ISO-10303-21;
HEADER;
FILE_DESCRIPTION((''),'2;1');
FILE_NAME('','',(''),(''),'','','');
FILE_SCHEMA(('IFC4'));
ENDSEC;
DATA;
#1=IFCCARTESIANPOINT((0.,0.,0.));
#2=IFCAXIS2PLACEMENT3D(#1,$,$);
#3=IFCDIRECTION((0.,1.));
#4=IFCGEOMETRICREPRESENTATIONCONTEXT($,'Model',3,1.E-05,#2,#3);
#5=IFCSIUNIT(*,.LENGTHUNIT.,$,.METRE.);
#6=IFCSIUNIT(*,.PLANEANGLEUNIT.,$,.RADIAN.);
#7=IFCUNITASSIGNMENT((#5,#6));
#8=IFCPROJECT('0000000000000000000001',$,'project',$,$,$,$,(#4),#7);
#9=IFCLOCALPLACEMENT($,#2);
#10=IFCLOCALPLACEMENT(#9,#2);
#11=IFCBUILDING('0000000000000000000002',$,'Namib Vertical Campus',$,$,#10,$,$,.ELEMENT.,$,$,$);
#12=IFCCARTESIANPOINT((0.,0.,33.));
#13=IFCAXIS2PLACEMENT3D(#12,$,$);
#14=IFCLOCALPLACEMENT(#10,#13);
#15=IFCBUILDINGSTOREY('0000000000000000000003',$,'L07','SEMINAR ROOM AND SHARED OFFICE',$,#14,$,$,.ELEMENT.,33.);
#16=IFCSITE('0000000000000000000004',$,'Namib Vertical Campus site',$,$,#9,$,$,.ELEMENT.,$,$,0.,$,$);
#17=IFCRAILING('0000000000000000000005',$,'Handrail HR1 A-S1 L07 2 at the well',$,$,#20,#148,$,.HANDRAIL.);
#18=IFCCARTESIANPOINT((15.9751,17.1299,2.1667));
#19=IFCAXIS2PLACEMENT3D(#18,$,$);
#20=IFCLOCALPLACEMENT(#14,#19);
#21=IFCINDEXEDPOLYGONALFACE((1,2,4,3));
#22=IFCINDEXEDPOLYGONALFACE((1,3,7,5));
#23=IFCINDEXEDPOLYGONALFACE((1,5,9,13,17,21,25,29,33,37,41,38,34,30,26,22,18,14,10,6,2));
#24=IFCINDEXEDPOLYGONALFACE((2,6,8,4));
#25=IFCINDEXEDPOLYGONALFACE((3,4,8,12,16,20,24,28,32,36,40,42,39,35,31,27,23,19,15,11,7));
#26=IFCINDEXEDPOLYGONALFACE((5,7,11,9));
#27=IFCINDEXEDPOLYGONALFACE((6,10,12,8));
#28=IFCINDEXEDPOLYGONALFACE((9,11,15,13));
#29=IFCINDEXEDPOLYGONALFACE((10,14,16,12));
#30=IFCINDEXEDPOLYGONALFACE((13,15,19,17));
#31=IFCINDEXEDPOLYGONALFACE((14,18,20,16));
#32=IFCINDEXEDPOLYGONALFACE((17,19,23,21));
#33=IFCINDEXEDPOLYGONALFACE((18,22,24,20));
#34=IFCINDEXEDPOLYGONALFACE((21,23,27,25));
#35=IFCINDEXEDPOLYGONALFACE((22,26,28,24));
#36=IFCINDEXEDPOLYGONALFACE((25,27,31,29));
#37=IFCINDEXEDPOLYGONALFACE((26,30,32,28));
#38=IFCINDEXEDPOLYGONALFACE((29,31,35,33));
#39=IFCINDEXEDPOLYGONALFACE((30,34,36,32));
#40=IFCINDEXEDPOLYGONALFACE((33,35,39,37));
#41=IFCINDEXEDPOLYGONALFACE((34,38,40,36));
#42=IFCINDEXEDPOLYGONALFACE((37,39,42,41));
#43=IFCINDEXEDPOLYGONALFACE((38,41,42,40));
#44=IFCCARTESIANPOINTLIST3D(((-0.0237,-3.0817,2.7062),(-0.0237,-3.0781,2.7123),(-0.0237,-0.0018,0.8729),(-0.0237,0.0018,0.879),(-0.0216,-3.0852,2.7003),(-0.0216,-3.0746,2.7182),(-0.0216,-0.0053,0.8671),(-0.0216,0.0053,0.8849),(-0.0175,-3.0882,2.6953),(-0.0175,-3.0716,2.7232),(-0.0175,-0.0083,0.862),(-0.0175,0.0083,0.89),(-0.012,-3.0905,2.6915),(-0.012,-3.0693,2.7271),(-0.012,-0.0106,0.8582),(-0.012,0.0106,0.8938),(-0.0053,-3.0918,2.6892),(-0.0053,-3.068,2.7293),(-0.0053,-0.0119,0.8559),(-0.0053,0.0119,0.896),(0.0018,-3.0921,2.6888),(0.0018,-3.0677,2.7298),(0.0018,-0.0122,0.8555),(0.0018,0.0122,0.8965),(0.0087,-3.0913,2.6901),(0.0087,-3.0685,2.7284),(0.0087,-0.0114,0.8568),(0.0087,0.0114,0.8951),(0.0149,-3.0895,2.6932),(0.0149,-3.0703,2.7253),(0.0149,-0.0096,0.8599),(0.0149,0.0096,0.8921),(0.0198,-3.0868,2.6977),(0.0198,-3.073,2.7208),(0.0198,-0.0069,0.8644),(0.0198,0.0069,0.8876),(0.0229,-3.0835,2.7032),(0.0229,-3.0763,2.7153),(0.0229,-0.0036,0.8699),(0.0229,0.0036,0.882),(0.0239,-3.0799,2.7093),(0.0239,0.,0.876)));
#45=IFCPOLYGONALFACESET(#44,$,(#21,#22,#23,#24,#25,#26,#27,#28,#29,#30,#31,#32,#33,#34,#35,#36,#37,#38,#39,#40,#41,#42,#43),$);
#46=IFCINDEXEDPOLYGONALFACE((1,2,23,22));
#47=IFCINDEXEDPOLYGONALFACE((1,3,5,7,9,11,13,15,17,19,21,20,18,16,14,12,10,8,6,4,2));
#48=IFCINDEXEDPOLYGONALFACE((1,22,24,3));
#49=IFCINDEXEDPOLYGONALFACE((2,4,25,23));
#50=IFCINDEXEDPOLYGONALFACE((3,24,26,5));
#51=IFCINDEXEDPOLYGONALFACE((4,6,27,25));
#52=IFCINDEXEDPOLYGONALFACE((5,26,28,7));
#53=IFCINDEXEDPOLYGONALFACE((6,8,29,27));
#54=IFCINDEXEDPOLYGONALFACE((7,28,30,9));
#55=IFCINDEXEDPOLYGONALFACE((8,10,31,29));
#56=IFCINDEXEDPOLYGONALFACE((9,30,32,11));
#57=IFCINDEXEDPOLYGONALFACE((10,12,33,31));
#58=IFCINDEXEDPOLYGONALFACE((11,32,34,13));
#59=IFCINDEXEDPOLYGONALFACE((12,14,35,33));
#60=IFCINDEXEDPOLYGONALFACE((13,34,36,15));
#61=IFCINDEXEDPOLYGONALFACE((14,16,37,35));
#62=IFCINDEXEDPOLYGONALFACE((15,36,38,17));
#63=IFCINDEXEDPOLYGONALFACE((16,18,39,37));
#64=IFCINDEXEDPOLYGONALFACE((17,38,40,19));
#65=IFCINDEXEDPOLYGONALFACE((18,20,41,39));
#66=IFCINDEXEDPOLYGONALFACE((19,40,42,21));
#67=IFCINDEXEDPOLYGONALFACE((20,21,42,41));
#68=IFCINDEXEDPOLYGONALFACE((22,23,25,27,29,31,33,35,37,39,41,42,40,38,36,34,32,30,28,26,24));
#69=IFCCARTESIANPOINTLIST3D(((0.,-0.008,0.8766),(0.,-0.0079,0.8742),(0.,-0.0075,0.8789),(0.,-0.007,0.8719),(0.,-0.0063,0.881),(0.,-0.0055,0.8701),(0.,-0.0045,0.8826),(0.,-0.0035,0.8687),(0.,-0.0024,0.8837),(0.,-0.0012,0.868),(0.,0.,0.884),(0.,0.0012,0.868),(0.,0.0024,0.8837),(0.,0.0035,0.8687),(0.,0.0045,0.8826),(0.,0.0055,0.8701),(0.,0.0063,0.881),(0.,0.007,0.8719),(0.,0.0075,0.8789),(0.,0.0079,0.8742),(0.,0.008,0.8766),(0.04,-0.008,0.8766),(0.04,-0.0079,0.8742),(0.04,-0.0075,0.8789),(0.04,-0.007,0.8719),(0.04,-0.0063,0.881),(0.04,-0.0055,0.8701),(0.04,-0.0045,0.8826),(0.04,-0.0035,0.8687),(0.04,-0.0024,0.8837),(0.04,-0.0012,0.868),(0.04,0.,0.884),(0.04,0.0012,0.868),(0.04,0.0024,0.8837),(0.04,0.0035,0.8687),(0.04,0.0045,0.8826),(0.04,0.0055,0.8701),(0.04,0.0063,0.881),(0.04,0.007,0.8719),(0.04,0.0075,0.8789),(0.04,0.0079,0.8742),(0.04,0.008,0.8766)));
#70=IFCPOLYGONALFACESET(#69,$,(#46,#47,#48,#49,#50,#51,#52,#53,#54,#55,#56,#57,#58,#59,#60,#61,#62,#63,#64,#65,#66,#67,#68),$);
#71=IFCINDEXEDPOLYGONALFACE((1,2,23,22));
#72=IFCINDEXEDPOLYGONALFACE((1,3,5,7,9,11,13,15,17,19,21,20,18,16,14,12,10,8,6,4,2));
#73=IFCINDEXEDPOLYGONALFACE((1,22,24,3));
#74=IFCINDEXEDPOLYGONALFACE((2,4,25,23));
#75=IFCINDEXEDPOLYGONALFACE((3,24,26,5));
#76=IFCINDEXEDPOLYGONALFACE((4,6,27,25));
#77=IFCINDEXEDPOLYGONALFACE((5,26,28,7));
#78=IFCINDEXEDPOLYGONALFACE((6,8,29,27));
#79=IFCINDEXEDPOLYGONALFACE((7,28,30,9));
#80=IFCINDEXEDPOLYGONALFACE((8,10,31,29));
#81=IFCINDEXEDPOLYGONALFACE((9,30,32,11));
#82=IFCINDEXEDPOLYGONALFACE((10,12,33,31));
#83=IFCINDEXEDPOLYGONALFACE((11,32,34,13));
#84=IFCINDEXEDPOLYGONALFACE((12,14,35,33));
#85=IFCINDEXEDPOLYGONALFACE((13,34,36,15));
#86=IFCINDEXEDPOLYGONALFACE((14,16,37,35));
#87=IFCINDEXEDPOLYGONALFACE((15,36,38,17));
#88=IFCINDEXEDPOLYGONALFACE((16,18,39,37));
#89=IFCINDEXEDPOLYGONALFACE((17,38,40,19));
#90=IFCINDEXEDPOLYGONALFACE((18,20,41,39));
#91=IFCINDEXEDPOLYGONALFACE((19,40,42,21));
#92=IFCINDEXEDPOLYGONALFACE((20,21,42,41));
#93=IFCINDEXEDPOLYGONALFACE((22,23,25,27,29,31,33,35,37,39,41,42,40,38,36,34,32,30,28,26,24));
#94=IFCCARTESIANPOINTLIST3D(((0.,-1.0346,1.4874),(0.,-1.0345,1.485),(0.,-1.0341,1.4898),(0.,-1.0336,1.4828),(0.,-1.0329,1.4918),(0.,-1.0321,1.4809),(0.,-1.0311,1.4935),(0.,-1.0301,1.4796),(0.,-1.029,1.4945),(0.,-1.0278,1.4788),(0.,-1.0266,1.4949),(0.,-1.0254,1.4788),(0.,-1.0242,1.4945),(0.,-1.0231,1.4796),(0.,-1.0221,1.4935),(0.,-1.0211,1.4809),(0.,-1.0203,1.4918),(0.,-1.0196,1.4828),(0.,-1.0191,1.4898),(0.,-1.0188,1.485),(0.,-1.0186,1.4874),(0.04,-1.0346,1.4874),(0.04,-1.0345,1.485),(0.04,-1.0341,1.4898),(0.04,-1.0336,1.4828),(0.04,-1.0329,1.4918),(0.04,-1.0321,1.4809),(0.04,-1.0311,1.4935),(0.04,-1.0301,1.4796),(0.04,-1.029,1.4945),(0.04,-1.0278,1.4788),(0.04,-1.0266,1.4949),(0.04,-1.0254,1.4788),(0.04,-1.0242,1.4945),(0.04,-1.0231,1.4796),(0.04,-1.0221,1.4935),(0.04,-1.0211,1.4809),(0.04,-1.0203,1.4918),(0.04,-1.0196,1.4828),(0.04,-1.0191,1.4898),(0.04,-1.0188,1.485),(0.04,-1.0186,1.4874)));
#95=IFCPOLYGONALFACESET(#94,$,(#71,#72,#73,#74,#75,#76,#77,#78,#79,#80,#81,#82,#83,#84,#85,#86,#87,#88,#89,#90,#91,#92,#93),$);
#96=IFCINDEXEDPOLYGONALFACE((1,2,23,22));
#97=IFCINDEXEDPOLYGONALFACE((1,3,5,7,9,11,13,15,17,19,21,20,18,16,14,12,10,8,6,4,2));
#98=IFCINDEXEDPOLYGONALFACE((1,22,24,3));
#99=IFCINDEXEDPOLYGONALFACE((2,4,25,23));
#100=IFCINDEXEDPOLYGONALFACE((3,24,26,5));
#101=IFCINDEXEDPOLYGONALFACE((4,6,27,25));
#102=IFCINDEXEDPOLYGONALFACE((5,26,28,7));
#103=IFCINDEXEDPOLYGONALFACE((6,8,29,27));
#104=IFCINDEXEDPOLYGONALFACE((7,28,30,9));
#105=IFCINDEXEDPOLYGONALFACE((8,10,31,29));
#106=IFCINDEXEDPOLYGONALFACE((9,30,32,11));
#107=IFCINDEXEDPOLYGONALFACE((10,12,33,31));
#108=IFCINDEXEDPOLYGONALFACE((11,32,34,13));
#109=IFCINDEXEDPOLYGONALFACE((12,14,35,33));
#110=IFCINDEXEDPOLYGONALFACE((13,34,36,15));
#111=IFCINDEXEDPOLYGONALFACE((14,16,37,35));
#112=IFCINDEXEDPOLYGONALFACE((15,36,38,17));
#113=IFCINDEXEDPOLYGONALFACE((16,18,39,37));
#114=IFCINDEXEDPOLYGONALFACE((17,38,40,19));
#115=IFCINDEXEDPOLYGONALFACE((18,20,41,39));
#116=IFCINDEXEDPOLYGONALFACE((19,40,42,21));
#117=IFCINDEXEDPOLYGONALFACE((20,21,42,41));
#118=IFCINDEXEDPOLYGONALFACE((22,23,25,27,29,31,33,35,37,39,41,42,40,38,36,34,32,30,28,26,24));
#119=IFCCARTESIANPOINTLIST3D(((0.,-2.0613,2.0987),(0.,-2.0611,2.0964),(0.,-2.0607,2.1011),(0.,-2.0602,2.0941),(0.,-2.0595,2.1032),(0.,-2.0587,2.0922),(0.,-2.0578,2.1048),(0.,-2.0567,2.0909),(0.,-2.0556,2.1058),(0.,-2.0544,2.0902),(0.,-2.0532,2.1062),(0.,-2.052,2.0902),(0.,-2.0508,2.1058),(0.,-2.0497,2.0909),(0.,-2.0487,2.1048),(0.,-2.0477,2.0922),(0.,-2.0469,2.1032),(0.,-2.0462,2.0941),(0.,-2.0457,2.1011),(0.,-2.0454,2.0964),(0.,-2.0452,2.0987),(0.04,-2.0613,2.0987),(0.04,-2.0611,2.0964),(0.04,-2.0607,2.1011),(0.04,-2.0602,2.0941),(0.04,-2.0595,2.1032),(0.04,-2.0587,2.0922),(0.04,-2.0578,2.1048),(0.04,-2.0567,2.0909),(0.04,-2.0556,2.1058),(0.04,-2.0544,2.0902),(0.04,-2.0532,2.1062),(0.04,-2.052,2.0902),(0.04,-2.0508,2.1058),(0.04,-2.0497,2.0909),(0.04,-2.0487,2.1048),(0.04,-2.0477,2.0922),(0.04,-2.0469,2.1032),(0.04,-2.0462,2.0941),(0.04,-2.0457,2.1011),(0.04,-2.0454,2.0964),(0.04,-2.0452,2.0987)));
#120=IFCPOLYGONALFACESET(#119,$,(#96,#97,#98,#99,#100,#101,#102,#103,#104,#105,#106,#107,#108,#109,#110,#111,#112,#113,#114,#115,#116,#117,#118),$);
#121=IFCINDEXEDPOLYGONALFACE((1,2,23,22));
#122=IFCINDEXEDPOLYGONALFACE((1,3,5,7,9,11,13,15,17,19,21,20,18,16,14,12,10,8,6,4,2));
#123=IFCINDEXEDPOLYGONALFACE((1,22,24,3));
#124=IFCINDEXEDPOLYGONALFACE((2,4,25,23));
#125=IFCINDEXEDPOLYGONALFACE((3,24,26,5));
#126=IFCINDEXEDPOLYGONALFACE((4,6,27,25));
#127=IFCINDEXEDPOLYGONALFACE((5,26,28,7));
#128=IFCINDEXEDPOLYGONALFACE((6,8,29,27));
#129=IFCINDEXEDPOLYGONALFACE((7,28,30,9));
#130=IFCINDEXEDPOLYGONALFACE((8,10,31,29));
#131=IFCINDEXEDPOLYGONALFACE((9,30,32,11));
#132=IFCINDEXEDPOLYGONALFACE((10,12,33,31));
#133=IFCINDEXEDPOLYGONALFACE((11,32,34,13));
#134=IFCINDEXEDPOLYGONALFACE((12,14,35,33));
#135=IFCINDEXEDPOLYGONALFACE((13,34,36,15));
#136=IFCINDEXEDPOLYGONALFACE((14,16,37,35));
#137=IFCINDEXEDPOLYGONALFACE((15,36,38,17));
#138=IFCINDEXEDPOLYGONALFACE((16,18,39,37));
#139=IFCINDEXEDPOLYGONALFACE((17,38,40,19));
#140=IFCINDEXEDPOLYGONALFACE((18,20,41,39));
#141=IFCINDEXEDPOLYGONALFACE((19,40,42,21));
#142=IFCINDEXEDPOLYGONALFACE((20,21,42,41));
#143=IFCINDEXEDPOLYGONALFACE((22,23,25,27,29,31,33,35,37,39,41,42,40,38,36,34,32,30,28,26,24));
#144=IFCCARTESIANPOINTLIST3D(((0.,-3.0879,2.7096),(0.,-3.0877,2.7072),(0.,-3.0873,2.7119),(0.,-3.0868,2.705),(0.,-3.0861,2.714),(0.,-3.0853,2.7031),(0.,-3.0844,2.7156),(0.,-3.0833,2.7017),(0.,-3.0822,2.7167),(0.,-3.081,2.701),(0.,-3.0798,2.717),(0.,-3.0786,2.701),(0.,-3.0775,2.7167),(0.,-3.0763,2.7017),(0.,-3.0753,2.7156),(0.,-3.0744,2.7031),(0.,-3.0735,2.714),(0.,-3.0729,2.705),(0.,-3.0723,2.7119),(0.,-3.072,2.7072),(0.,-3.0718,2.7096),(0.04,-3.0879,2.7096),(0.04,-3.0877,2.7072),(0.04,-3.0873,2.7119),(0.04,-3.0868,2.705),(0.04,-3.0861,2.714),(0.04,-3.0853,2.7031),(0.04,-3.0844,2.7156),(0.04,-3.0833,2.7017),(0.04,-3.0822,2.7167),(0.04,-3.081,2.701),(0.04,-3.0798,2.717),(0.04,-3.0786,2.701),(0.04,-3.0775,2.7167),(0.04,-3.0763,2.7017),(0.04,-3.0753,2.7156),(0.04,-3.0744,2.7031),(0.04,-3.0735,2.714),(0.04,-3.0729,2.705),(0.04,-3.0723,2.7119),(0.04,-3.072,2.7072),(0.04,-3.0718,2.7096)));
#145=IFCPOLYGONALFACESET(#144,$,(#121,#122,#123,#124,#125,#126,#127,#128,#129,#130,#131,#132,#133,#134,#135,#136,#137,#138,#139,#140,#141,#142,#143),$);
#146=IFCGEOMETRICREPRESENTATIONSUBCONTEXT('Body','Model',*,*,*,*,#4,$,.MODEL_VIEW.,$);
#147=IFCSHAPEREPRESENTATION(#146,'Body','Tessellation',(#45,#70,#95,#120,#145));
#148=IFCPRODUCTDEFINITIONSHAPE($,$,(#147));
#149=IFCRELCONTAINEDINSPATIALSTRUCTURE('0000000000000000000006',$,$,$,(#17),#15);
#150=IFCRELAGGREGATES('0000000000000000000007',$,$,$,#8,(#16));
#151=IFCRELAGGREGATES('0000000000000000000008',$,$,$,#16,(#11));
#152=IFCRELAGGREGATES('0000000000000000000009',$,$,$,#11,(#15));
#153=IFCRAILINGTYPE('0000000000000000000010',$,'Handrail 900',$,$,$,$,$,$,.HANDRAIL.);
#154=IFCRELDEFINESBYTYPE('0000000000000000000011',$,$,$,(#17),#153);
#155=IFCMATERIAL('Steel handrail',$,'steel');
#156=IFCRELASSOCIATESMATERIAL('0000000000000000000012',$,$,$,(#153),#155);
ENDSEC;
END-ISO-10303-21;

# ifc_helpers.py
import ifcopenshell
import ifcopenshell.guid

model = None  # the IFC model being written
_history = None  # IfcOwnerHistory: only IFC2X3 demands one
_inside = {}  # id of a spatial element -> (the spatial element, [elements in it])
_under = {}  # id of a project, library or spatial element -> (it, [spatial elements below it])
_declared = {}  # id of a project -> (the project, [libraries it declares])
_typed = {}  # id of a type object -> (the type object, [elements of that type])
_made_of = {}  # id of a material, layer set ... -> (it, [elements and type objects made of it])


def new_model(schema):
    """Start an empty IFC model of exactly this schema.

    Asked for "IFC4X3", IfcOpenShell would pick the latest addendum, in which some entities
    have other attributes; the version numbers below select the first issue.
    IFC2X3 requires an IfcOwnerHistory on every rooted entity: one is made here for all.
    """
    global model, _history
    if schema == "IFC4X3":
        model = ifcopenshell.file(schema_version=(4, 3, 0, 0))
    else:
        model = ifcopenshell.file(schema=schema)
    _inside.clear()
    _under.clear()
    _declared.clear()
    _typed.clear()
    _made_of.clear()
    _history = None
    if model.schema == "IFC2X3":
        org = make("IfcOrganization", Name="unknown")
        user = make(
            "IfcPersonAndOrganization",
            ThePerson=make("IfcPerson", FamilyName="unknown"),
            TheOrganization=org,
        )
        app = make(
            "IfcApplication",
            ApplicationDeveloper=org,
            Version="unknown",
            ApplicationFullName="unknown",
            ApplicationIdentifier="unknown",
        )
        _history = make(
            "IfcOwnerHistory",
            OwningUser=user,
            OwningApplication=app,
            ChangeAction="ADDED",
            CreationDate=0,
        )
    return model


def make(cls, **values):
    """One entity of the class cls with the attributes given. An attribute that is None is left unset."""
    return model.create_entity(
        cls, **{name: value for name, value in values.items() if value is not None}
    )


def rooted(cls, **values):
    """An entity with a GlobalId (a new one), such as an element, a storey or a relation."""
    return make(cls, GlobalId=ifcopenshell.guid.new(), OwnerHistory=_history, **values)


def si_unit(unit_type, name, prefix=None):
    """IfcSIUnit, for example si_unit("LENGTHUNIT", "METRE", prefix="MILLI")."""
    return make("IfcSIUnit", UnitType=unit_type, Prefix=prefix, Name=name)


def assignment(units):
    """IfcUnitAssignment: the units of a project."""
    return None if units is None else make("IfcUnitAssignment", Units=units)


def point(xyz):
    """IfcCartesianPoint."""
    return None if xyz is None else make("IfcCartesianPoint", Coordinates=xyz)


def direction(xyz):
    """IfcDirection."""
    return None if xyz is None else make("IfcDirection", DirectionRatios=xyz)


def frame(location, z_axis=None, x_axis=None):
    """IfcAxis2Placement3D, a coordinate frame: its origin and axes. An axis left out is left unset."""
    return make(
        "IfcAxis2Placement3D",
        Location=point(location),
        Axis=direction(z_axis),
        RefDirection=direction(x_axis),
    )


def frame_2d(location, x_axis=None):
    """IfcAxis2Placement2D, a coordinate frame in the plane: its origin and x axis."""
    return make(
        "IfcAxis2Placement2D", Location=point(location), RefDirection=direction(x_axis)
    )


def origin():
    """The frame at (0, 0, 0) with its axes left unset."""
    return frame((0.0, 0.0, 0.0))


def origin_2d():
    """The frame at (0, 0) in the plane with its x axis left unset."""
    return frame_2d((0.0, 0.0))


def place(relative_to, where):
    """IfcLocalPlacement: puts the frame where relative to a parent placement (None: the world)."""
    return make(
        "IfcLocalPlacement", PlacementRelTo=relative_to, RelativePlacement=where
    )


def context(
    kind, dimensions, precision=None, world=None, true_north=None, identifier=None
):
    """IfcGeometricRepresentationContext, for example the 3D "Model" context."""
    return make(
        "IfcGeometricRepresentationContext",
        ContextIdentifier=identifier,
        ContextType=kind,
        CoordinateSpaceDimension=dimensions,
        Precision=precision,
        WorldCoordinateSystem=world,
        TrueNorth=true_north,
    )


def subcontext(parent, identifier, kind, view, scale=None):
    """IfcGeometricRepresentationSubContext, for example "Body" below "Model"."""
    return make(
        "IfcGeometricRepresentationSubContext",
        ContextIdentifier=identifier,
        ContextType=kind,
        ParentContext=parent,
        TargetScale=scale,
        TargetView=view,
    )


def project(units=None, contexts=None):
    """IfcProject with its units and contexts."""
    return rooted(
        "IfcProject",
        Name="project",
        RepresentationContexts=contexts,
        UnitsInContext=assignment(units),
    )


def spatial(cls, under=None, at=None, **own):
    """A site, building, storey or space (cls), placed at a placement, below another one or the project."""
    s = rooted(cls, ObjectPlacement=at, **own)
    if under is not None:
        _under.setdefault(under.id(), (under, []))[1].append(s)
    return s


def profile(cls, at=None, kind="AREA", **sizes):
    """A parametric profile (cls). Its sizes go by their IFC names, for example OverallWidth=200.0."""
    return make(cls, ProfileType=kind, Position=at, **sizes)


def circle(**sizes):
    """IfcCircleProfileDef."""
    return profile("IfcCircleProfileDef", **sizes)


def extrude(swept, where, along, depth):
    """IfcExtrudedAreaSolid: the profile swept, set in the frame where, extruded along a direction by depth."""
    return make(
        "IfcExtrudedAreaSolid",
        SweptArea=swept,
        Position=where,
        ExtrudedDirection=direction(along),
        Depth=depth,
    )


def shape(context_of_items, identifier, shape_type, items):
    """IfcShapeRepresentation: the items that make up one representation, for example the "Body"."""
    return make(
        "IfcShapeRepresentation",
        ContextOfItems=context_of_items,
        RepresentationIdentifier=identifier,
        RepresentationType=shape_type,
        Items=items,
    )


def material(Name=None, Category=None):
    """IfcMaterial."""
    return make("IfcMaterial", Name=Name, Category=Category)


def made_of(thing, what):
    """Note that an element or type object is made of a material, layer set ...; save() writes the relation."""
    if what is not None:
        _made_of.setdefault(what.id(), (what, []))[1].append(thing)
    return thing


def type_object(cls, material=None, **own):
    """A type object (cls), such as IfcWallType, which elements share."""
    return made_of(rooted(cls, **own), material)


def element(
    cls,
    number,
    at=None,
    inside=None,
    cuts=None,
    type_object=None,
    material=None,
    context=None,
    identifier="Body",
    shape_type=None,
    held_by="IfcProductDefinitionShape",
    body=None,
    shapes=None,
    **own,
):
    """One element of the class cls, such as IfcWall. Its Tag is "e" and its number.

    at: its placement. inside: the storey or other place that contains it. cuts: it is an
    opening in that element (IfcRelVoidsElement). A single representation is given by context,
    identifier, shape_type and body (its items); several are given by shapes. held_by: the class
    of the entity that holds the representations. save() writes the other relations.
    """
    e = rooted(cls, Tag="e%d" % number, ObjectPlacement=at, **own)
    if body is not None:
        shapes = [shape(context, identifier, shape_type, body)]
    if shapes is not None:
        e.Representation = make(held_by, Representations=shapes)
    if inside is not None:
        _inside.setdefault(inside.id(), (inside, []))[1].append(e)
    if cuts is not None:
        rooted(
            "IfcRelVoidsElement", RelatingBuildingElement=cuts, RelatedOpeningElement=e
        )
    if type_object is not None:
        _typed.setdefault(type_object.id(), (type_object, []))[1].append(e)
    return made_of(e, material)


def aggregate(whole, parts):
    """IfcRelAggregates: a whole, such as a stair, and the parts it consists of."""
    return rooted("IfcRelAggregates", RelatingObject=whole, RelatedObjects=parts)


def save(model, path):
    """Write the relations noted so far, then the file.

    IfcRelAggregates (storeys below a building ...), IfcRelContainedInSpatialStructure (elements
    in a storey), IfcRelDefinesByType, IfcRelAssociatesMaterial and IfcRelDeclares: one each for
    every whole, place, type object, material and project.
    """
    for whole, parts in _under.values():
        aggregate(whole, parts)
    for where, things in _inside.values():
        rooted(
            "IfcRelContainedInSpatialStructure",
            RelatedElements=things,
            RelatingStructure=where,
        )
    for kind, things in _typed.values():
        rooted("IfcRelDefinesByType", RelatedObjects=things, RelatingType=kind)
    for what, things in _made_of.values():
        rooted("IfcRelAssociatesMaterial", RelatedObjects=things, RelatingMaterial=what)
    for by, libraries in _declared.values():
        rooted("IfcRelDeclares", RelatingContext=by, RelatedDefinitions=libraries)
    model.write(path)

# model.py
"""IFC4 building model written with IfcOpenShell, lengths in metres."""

from ifc_helpers import new_model, si_unit, direction, frame, origin, origin_2d, place, context, subcontext, project, spatial, circle, extrude, material, type_object, element, save


model = new_model("IFC4")

# Units and contexts
model_context = context("Model", 3, precision=1e-05, world=origin(), true_north=direction((0.0, 1.0)))
body_context = subcontext(model_context, "Body", "Model", "MODEL_VIEW")
ifc_project = project(units=[si_unit("LENGTHUNIT", "METRE"), si_unit("PLANEANGLEUNIT", "RADIAN")], contexts=[model_context])

# Site, building, storey
site_placement = place(None, origin())
site = spatial("IfcSite", under=ifc_project, at=site_placement, Name="Namib Vertical Campus site", CompositionType="ELEMENT", RefElevation=0.0)
building_placement = place(site_placement, origin())
building = spatial("IfcBuilding", under=site, at=building_placement, Name="Namib Vertical Campus", CompositionType="ELEMENT")
storey_placement = place(building_placement, frame((0.0, 0.0, 33.0)))
storey = spatial("IfcBuildingStorey", under=building, at=storey_placement, Name="L07", Description="SEMINAR ROOM AND SHARED OFFICE", CompositionType="ELEMENT", Elevation=33.0)

# Railing
ifc_material_1 = material(Name="Steel handrail", Category="steel")
railing_type_1 = type_object("IfcRailingType", Name="Handrail 900", PredefinedType="HANDRAIL", material=ifc_material_1)
railing_1_placement = place(storey_placement, frame((15.9751, 17.1299, 2.1667)))
element("IfcRailing", 1, at=railing_1_placement, inside=storey, type_object=railing_type_1, Name="Handrail HR1 A-S1 L07 2 at the well", PredefinedType="HANDRAIL", context=body_context, shape_type="SweptSolid", body=[
    extrude(circle(Radius=0.0239, at=origin_2d()), frame((0.0, 0.0, 0.876), z_axis=(0.0, -0.859291, 0.511487), x_axis=(1.0, 0.0, 0.0)), (0.0, 0.0, 1.0), 3.5842),
    extrude(circle(Radius=0.0081, at=origin_2d()), frame((0.0, 0.0, 0.876), z_axis=(1.0, 0.0, 0.0), x_axis=(0.0, 0.0, 1.0)), (0.0, 0.0, 1.0), 0.04),
    extrude(circle(Radius=0.0081, at=origin_2d()), frame((0.0, -1.0266, 1.4868), z_axis=(1.0, 0.0, 0.0), x_axis=(0.0, 0.0, 1.0)), (0.0, 0.0, 1.0), 0.04),
    extrude(circle(Radius=0.0081, at=origin_2d()), frame((0.0, -2.0532, 2.0981), z_axis=(1.0, 0.0, 0.0), x_axis=(0.0, 0.0, 1.0)), (0.0, 0.0, 1.0), 0.04),
    extrude(circle(Radius=0.0081, at=origin_2d()), frame((0.0, -3.0798, 2.709), z_axis=(1.0, 0.0, 0.0), x_axis=(0.0, 0.0, 1.0)), (0.0, 0.0, 1.0), 0.04),
])

save(model, "model.ifc")
